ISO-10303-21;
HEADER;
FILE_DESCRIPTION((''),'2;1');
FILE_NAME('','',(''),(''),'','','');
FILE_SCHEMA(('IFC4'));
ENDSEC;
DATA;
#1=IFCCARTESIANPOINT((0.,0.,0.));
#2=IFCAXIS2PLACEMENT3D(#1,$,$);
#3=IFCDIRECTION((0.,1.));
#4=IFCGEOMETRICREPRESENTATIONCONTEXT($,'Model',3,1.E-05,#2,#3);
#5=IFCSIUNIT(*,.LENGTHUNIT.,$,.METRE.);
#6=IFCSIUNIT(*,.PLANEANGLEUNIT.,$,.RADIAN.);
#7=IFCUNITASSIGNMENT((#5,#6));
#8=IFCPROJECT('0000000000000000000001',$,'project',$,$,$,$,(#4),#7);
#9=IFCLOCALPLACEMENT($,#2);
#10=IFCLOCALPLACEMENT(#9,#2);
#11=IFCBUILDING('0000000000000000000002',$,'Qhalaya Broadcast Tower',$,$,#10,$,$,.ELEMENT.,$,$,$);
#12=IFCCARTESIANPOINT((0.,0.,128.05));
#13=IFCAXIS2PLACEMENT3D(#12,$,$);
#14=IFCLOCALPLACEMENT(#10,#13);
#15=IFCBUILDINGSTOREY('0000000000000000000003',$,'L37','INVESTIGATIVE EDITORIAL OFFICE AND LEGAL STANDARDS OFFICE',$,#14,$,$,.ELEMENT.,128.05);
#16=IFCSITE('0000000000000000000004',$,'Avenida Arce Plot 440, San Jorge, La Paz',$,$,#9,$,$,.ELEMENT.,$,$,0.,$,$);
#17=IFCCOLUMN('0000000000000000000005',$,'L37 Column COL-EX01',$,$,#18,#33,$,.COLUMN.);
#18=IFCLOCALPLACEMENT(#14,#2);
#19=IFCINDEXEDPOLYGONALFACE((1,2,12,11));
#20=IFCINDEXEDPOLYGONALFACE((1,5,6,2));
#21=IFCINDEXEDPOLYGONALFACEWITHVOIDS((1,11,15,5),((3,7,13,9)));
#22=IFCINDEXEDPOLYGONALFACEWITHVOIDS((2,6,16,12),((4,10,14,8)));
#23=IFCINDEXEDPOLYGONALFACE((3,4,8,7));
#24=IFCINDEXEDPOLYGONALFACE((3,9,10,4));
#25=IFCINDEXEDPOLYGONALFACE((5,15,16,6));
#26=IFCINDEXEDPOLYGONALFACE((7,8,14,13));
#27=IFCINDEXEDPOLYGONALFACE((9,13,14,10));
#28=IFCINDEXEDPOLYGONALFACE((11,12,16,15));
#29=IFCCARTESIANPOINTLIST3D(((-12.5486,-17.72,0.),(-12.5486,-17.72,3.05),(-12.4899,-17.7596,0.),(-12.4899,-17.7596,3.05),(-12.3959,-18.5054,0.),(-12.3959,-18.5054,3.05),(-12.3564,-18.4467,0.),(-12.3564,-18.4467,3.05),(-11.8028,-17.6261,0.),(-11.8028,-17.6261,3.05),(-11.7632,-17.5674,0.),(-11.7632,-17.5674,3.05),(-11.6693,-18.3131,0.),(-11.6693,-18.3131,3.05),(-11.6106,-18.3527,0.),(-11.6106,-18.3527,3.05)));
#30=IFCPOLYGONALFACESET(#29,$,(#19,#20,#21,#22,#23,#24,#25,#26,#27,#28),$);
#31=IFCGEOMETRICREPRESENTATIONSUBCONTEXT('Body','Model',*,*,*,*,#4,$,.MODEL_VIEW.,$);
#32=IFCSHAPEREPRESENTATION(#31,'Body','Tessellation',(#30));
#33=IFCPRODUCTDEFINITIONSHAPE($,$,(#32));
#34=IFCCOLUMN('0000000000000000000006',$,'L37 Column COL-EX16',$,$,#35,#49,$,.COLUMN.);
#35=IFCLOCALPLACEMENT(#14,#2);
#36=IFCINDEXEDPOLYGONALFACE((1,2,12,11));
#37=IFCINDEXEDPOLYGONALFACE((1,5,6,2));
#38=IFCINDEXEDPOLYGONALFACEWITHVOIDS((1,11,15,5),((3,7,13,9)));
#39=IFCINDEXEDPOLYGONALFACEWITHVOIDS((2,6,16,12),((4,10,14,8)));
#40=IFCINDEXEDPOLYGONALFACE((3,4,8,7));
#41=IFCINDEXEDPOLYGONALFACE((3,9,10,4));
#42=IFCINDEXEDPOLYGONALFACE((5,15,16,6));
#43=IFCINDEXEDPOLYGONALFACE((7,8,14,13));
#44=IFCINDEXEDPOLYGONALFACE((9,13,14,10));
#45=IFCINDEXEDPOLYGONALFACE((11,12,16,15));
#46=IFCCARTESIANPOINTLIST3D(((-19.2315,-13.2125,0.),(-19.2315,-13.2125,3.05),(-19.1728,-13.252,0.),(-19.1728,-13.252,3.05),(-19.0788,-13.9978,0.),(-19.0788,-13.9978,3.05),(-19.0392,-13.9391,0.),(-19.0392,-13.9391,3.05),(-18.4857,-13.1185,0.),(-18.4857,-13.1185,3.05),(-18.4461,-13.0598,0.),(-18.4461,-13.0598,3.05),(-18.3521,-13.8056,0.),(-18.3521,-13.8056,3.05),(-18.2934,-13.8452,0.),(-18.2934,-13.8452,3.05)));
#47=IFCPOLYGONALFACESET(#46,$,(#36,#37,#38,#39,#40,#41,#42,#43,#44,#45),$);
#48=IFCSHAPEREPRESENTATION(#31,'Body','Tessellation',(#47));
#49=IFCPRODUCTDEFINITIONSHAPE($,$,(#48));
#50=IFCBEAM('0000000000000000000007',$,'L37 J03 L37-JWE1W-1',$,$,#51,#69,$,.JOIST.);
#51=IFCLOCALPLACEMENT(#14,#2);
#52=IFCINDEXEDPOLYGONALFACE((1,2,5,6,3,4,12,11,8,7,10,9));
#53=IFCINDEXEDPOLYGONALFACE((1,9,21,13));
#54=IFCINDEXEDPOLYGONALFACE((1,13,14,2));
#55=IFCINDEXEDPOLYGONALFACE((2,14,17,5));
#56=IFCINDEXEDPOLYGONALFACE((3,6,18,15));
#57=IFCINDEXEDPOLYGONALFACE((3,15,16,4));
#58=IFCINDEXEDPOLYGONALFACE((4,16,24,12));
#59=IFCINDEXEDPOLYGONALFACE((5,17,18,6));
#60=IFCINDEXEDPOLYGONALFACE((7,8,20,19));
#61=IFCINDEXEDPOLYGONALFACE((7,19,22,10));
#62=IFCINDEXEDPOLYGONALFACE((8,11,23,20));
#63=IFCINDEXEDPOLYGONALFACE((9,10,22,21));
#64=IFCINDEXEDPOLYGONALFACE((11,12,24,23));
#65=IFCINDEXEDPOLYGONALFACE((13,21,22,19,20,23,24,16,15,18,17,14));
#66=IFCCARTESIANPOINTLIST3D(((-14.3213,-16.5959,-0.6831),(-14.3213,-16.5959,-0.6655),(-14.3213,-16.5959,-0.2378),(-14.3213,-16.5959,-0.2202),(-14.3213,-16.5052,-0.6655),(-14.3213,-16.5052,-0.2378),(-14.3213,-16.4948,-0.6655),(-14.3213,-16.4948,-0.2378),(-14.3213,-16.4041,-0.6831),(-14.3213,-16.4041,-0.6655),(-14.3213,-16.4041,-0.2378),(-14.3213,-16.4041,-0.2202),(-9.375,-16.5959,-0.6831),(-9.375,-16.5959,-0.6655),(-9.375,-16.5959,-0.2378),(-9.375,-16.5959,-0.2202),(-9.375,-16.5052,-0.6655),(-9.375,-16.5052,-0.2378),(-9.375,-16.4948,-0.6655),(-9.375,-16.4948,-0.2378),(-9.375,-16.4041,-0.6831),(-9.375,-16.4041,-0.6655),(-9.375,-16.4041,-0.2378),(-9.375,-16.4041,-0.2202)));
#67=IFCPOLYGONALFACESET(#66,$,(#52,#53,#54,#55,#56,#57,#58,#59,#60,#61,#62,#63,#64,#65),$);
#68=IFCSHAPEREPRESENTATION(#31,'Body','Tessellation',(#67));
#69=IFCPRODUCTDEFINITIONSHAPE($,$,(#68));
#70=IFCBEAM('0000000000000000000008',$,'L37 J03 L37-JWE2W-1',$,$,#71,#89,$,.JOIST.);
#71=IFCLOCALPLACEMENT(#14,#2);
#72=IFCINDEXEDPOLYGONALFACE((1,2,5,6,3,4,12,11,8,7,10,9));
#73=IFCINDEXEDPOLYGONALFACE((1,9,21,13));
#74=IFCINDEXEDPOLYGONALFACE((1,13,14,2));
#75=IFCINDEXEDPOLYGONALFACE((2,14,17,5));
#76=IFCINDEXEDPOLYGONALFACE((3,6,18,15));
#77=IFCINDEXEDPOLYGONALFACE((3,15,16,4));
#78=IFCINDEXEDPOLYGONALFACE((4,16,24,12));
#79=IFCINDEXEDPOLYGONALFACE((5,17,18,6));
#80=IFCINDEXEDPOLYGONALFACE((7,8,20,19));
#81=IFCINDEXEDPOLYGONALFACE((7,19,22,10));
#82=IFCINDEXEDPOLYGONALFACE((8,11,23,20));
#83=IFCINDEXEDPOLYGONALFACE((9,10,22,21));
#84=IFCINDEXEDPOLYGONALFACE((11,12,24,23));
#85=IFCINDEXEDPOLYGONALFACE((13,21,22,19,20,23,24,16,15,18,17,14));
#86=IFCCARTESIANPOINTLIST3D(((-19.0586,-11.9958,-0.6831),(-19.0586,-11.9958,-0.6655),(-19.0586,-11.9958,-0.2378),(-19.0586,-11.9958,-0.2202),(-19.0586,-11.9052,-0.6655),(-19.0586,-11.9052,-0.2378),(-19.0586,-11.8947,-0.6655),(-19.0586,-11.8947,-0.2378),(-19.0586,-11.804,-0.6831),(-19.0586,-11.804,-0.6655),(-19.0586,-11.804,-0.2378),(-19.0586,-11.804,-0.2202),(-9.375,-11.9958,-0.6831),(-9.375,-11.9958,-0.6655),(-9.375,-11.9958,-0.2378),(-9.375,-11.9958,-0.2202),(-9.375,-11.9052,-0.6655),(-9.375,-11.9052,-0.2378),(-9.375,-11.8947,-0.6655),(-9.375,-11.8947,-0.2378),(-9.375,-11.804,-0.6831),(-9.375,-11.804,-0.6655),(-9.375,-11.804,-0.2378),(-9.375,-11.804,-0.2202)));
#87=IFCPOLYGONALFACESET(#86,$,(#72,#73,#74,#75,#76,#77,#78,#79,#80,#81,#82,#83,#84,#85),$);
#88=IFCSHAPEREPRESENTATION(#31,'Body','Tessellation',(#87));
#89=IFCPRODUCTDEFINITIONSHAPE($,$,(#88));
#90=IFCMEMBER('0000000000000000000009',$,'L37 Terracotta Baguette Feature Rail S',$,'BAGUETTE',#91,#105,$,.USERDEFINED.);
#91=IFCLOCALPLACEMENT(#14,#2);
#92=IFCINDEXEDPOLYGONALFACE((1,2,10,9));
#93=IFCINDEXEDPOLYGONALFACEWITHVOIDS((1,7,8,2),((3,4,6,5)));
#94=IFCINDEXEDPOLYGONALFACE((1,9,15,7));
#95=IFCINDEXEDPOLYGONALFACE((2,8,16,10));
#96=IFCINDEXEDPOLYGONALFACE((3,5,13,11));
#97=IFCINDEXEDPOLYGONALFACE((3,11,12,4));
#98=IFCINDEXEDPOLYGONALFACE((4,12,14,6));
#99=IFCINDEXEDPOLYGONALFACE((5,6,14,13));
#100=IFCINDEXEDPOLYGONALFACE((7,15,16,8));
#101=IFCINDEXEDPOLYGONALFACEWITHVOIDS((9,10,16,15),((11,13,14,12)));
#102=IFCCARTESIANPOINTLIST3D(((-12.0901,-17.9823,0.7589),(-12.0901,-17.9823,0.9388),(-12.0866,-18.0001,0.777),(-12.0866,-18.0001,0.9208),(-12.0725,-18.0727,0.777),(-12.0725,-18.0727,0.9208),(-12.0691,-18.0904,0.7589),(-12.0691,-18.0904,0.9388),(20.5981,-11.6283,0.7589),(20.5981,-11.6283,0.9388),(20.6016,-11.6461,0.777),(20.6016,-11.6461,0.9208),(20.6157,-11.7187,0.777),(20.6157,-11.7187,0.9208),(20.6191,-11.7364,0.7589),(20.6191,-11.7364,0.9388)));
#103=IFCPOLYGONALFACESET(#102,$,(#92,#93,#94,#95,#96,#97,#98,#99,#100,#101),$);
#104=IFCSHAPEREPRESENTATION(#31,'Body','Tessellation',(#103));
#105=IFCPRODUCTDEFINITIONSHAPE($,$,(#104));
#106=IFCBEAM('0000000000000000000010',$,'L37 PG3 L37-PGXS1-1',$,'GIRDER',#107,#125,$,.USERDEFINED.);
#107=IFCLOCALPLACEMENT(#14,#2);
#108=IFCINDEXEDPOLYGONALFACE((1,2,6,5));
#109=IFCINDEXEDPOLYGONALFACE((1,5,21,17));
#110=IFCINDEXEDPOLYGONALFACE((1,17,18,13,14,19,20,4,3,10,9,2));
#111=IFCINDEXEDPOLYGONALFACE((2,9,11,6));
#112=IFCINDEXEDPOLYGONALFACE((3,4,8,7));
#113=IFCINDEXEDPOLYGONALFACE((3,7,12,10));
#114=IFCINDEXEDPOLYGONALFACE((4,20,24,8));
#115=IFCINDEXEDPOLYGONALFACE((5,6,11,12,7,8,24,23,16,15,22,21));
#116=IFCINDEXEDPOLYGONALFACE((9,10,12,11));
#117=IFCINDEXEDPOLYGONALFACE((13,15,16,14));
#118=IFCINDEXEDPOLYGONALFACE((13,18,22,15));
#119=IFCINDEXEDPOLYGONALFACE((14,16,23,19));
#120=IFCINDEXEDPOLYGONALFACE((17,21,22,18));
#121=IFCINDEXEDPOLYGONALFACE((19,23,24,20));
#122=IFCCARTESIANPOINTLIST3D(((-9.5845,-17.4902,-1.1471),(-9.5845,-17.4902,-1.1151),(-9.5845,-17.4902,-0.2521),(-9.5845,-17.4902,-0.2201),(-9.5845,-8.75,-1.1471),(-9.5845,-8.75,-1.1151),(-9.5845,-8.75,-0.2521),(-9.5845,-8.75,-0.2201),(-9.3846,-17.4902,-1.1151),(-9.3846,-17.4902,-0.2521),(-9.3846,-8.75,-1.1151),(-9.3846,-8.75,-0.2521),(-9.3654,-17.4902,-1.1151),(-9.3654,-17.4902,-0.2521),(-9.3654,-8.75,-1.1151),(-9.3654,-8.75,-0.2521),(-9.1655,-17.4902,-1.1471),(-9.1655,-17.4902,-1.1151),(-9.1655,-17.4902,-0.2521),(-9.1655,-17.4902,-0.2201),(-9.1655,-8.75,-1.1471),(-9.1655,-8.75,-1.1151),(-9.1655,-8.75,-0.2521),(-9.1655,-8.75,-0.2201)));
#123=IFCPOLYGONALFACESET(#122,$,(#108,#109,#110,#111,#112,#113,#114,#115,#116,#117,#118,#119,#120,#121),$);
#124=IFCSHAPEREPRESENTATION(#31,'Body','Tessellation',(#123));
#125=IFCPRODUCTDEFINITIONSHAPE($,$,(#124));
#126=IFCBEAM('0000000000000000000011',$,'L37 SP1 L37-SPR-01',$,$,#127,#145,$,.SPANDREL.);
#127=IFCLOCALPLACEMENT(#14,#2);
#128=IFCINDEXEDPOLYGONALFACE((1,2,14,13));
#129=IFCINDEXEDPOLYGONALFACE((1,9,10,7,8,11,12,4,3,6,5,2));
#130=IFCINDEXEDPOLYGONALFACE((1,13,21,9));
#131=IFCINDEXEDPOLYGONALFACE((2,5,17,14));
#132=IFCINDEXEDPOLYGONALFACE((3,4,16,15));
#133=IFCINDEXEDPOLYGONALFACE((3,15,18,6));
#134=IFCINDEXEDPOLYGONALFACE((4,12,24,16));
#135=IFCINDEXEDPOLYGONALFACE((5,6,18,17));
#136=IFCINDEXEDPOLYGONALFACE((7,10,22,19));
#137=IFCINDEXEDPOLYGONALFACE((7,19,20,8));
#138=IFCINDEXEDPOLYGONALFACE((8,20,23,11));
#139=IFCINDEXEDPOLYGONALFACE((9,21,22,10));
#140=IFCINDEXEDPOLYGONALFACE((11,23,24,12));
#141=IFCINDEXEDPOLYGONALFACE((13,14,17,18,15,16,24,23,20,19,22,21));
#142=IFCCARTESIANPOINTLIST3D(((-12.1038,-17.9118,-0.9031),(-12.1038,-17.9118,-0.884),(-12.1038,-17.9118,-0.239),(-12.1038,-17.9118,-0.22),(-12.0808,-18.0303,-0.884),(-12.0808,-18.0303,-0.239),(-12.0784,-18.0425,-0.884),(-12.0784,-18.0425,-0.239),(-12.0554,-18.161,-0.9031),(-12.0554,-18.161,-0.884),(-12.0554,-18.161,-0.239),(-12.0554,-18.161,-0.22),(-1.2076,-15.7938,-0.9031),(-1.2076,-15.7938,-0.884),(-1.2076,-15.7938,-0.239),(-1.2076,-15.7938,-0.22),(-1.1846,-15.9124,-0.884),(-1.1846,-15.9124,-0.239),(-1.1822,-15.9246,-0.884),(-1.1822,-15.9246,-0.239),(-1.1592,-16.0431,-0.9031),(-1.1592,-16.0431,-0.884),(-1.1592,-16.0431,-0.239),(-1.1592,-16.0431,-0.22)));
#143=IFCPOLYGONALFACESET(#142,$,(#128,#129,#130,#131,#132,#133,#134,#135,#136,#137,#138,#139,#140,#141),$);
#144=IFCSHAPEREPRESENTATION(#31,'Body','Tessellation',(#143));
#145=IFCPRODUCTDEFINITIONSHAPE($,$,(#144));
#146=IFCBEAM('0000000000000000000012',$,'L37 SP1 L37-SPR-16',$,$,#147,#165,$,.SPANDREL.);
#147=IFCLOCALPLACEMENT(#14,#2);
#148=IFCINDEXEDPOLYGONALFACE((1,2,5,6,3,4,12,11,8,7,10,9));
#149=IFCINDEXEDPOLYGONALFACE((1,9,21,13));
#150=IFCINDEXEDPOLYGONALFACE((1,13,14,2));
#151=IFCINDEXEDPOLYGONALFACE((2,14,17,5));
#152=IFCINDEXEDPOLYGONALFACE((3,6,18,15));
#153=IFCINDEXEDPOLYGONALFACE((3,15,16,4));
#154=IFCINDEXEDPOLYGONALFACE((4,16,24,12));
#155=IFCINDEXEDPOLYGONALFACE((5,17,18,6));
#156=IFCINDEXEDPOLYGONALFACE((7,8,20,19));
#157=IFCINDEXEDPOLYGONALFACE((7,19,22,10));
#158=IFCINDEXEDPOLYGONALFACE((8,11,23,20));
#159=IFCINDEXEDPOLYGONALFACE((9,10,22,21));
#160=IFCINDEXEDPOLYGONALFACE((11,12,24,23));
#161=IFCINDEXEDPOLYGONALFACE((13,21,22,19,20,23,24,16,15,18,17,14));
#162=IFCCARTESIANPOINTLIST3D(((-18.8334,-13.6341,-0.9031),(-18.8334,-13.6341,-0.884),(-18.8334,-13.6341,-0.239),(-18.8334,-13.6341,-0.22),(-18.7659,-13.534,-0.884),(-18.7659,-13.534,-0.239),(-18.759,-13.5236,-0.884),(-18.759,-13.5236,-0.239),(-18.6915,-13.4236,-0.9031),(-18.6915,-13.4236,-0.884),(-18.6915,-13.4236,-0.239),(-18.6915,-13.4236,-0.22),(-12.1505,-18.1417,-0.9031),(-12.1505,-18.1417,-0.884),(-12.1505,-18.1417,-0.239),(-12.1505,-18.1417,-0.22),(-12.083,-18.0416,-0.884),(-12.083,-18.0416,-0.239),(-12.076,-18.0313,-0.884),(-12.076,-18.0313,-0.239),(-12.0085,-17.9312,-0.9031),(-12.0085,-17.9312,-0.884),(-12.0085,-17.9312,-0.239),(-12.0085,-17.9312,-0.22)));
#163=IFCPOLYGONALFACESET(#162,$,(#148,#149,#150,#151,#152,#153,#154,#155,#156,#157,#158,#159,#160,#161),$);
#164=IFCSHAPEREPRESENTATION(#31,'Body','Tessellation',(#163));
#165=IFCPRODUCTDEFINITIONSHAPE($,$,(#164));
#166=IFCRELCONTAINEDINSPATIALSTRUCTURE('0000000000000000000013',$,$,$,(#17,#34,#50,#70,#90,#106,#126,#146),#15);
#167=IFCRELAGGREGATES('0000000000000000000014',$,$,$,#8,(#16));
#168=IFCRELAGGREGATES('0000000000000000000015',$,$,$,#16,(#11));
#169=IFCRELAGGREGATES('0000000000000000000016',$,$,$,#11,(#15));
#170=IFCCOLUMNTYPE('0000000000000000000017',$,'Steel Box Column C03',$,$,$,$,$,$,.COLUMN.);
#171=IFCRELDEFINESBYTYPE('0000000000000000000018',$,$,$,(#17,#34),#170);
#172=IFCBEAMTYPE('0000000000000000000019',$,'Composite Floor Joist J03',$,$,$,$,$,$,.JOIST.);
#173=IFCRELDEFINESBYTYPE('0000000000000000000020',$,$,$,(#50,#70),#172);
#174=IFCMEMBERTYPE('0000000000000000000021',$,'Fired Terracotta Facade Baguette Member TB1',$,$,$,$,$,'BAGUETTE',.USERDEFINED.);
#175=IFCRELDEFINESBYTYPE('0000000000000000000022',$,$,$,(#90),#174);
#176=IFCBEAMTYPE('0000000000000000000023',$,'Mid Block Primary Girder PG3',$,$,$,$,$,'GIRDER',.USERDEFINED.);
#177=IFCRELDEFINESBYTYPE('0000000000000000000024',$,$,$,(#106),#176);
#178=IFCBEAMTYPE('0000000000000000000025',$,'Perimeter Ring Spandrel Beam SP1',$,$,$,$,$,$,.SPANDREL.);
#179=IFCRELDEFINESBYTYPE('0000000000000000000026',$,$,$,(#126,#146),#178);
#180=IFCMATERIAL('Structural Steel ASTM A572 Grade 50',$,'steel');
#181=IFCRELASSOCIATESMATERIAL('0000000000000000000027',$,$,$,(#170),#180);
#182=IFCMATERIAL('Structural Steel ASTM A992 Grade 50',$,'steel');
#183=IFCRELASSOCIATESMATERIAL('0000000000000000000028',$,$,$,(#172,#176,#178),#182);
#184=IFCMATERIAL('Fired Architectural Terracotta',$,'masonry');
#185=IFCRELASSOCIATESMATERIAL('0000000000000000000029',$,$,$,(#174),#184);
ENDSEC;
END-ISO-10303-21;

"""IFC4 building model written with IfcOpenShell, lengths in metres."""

from ifc_helpers import new_model, si_unit, direction, frame, origin, origin_2d, place, context, subcontext, project, spatial, hollow_rectangle, i_section, extrude, material, material_profile, profile_set, type_object, element, save


model = new_model("IFC4")

# Units and contexts
model_context = context("Model", 3, precision=1e-05, world=origin(), true_north=direction((0.0, 1.0)))
body_context = subcontext(model_context, "Body", "Model", "MODEL_VIEW")
ifc_project = project(units=[si_unit("LENGTHUNIT", "METRE"), si_unit("PLANEANGLEUNIT", "RADIAN")], contexts=[model_context])

# Site, building, storey
site_placement = place(None, origin())
site = spatial("IfcSite", under=ifc_project, at=site_placement, Name="Avenida Arce Plot 440, San Jorge, La Paz", CompositionType="ELEMENT", RefElevation=0.0)
building_placement = place(site_placement, origin())
building = spatial("IfcBuilding", under=site, at=building_placement, Name="Qhalaya Broadcast Tower", CompositionType="ELEMENT")
storey_placement = place(building_placement, frame((0.0, 0.0, 128.05)))
storey = spatial("IfcBuildingStorey", under=building, at=storey_placement, Name="L37", Description="INVESTIGATIVE EDITORIAL OFFICE AND LEGAL STANDARDS OFFICE", CompositionType="ELEMENT", Elevation=128.05)

# Columns
ifc_material_1 = material(Name="Structural Steel ASTM A572 Grade 50", Category="steel")
ifc_material_profile_1 = material_profile(ifc_material_1, hollow_rectangle(XDim=0.8, YDim=0.8, WallThickness=0.05, at=origin_2d()), Name="BOX 800x800x50")
ifc_profile_set_1 = profile_set([ifc_material_profile_1], Name="Structural Steel ASTM A572 Grade 50")
column_type = type_object("IfcColumnType", Name="Steel Box Column C03", PredefinedType="COLUMN", material=ifc_profile_set_1)
for number, where, z_axis, x_axis, name in (
    (1, (-12.0796, -18.0364, 0.0), (0.0, 0.0, 1.0), (0.981627, 0.190809, 0.0), "L37 Column COL-EX01"),
    (2, (-18.7625, -13.5288, 0.0), (0.0, 0.0, 1.0), (-0.190809, 0.981627, 0.0), "L37 Column COL-EX16"),
):
    element("IfcColumn", number, at=place(storey_placement, frame(where, z_axis=z_axis, x_axis=x_axis)), inside=storey, type_object=column_type, Name=name, PredefinedType="COLUMN", context=body_context, shape_type="SweptSolid", body=[
        extrude(hollow_rectangle(XDim=0.8, YDim=0.8, WallThickness=0.05, at=origin_2d()), origin(), (0.0, 0.0, 1.0), 3.05),
    ])

# Beams
ifc_material_2 = material(Name="Structural Steel ASTM A992 Grade 50", Category="steel")
ifc_material_profile_2 = material_profile(ifc_material_2, i_section(OverallWidth=0.1919, OverallDepth=0.4629, WebThickness=0.0105, FlangeThickness=0.0176, at=origin_2d()), Name="W18X60")
ifc_profile_set_2 = profile_set([ifc_material_profile_2], Name="Structural Steel ASTM A992 Grade 50")
beam_type_1 = type_object("IfcBeamType", Name="Composite Floor Joist J03", PredefinedType="JOIST", material=ifc_profile_set_2)
beam_1_placement = place(storey_placement, frame((-14.3213, -16.5, -0.4517), z_axis=(1.0, 0.0, 0.0), x_axis=(0.0, 1.0, 0.0)))
element("IfcBeam", 3, at=beam_1_placement, inside=storey, type_object=beam_type_1, Name="L37 J03 L37-JWE1W-1", PredefinedType="JOIST", context=body_context, shape_type="SweptSolid", body=[
    extrude(i_section(OverallWidth=0.1919, OverallDepth=0.4629, WebThickness=0.0105, FlangeThickness=0.0176, at=origin_2d()), origin(), (0.0, 0.0, 1.0), 4.9463),
])
beam_2_placement = place(storey_placement, frame((-19.0586, -11.8999, -0.4517), z_axis=(1.0, 0.0, 0.0), x_axis=(0.0, 1.0, 0.0)))
element("IfcBeam", 4, at=beam_2_placement, inside=storey, type_object=beam_type_1, Name="L37 J03 L37-JWE2W-1", PredefinedType="JOIST", context=body_context, shape_type="SweptSolid", body=[
    extrude(i_section(OverallWidth=0.1919, OverallDepth=0.4629, WebThickness=0.0105, FlangeThickness=0.0176, at=origin_2d()), origin(), (0.0, 0.0, 1.0), 9.6836),
])

# Member
ifc_material_3 = material(Name="Fired Architectural Terracotta", Category="masonry")
ifc_material_profile_3 = material_profile(ifc_material_3, hollow_rectangle(XDim=0.1101, YDim=0.1799, WallThickness=0.0181, at=origin_2d()), Name="TB-BAG 110x180x18")
ifc_profile_set_3 = profile_set([ifc_material_profile_3], Name="Fired Architectural Terracotta")
member_type = type_object("IfcMemberType", Name="Fired Terracotta Facade Baguette Member TB1", ElementType="BAGUETTE", PredefinedType="USERDEFINED", material=ifc_profile_set_3)
member_placement = place(storey_placement, frame((-12.0796, -18.0364, 0.8489), z_axis=(0.981627, 0.190811, 0.0), x_axis=(-0.190811, 0.981627, 0.0)))
element("IfcMember", 5, at=member_placement, inside=storey, type_object=member_type, Name="L37 Terracotta Baguette Feature Rail S", ObjectType="BAGUETTE", PredefinedType="USERDEFINED", context=body_context, shape_type="SweptSolid", body=[
    extrude(hollow_rectangle(XDim=0.1101, YDim=0.1799, WallThickness=0.0181, at=origin_2d()), origin(), (0.0, 0.0, 1.0), 33.3),
])

# Beams
ifc_material_profile_4 = material_profile(ifc_material_2, i_section(OverallWidth=0.4189, OverallDepth=0.927, WebThickness=0.0193, FlangeThickness=0.032, at=origin_2d()), Name="W36X231")
ifc_profile_set_4 = profile_set([ifc_material_profile_4], Name="Structural Steel ASTM A992 Grade 50")
beam_type_2 = type_object("IfcBeamType", Name="Mid Block Primary Girder PG3", ElementType="GIRDER", PredefinedType="USERDEFINED", material=ifc_profile_set_4)
beam_3_placement = place(storey_placement, frame((-9.375, -17.4902, -0.6836), z_axis=(0.0, 1.0, 0.0), x_axis=(-1.0, 0.0, 0.0)))
element("IfcBeam", 6, at=beam_3_placement, inside=storey, type_object=beam_type_2, Name="L37 PG3 L37-PGXS1-1", ObjectType="GIRDER", PredefinedType="USERDEFINED", context=body_context, shape_type="SweptSolid", body=[
    extrude(i_section(OverallWidth=0.4189, OverallDepth=0.927, WebThickness=0.0193, FlangeThickness=0.032, at=origin_2d()), origin(), (0.0, 0.0, 1.0), 8.7402),
])
ifc_material_profile_5 = material_profile(ifc_material_2, i_section(OverallWidth=0.2539, OverallDepth=0.6831, WebThickness=0.0125, FlangeThickness=0.019, at=origin_2d()), Name="W27X94")
ifc_profile_set_5 = profile_set([ifc_material_profile_5], Name="Structural Steel ASTM A992 Grade 50")
beam_type_3 = type_object("IfcBeamType", Name="Perimeter Ring Spandrel Beam SP1", PredefinedType="SPANDREL", material=ifc_profile_set_5)
beam_4_placement = place(storey_placement, frame((-12.0796, -18.0364, -0.5615), z_axis=(0.981629, 0.190801, 0.0), x_axis=(-0.190801, 0.981629, 0.0)))
element("IfcBeam", 7, at=beam_4_placement, inside=storey, type_object=beam_type_3, Name="L37 SP1 L37-SPR-01", PredefinedType="SPANDREL", context=body_context, shape_type="SweptSolid", body=[
    extrude(i_section(OverallWidth=0.2539, OverallDepth=0.6831, WebThickness=0.0125, FlangeThickness=0.019, at=origin_2d()), origin(), (0.0, 0.0, 1.0), 11.1001),
])
beam_5_placement = place(storey_placement, frame((-18.7625, -13.5288, -0.5615), z_axis=(0.829042, -0.559186, 0.0), x_axis=(0.559186, 0.829042, 0.0)))
element("IfcBeam", 8, at=beam_5_placement, inside=storey, type_object=beam_type_3, Name="L37 SP1 L37-SPR-16", PredefinedType="SPANDREL", context=body_context, shape_type="SweptSolid", body=[
    extrude(i_section(OverallWidth=0.2539, OverallDepth=0.6831, WebThickness=0.0125, FlangeThickness=0.019, at=origin_2d()), origin(), (0.0, 0.0, 1.0), 8.061),
])

save(model, "model.ifc")
